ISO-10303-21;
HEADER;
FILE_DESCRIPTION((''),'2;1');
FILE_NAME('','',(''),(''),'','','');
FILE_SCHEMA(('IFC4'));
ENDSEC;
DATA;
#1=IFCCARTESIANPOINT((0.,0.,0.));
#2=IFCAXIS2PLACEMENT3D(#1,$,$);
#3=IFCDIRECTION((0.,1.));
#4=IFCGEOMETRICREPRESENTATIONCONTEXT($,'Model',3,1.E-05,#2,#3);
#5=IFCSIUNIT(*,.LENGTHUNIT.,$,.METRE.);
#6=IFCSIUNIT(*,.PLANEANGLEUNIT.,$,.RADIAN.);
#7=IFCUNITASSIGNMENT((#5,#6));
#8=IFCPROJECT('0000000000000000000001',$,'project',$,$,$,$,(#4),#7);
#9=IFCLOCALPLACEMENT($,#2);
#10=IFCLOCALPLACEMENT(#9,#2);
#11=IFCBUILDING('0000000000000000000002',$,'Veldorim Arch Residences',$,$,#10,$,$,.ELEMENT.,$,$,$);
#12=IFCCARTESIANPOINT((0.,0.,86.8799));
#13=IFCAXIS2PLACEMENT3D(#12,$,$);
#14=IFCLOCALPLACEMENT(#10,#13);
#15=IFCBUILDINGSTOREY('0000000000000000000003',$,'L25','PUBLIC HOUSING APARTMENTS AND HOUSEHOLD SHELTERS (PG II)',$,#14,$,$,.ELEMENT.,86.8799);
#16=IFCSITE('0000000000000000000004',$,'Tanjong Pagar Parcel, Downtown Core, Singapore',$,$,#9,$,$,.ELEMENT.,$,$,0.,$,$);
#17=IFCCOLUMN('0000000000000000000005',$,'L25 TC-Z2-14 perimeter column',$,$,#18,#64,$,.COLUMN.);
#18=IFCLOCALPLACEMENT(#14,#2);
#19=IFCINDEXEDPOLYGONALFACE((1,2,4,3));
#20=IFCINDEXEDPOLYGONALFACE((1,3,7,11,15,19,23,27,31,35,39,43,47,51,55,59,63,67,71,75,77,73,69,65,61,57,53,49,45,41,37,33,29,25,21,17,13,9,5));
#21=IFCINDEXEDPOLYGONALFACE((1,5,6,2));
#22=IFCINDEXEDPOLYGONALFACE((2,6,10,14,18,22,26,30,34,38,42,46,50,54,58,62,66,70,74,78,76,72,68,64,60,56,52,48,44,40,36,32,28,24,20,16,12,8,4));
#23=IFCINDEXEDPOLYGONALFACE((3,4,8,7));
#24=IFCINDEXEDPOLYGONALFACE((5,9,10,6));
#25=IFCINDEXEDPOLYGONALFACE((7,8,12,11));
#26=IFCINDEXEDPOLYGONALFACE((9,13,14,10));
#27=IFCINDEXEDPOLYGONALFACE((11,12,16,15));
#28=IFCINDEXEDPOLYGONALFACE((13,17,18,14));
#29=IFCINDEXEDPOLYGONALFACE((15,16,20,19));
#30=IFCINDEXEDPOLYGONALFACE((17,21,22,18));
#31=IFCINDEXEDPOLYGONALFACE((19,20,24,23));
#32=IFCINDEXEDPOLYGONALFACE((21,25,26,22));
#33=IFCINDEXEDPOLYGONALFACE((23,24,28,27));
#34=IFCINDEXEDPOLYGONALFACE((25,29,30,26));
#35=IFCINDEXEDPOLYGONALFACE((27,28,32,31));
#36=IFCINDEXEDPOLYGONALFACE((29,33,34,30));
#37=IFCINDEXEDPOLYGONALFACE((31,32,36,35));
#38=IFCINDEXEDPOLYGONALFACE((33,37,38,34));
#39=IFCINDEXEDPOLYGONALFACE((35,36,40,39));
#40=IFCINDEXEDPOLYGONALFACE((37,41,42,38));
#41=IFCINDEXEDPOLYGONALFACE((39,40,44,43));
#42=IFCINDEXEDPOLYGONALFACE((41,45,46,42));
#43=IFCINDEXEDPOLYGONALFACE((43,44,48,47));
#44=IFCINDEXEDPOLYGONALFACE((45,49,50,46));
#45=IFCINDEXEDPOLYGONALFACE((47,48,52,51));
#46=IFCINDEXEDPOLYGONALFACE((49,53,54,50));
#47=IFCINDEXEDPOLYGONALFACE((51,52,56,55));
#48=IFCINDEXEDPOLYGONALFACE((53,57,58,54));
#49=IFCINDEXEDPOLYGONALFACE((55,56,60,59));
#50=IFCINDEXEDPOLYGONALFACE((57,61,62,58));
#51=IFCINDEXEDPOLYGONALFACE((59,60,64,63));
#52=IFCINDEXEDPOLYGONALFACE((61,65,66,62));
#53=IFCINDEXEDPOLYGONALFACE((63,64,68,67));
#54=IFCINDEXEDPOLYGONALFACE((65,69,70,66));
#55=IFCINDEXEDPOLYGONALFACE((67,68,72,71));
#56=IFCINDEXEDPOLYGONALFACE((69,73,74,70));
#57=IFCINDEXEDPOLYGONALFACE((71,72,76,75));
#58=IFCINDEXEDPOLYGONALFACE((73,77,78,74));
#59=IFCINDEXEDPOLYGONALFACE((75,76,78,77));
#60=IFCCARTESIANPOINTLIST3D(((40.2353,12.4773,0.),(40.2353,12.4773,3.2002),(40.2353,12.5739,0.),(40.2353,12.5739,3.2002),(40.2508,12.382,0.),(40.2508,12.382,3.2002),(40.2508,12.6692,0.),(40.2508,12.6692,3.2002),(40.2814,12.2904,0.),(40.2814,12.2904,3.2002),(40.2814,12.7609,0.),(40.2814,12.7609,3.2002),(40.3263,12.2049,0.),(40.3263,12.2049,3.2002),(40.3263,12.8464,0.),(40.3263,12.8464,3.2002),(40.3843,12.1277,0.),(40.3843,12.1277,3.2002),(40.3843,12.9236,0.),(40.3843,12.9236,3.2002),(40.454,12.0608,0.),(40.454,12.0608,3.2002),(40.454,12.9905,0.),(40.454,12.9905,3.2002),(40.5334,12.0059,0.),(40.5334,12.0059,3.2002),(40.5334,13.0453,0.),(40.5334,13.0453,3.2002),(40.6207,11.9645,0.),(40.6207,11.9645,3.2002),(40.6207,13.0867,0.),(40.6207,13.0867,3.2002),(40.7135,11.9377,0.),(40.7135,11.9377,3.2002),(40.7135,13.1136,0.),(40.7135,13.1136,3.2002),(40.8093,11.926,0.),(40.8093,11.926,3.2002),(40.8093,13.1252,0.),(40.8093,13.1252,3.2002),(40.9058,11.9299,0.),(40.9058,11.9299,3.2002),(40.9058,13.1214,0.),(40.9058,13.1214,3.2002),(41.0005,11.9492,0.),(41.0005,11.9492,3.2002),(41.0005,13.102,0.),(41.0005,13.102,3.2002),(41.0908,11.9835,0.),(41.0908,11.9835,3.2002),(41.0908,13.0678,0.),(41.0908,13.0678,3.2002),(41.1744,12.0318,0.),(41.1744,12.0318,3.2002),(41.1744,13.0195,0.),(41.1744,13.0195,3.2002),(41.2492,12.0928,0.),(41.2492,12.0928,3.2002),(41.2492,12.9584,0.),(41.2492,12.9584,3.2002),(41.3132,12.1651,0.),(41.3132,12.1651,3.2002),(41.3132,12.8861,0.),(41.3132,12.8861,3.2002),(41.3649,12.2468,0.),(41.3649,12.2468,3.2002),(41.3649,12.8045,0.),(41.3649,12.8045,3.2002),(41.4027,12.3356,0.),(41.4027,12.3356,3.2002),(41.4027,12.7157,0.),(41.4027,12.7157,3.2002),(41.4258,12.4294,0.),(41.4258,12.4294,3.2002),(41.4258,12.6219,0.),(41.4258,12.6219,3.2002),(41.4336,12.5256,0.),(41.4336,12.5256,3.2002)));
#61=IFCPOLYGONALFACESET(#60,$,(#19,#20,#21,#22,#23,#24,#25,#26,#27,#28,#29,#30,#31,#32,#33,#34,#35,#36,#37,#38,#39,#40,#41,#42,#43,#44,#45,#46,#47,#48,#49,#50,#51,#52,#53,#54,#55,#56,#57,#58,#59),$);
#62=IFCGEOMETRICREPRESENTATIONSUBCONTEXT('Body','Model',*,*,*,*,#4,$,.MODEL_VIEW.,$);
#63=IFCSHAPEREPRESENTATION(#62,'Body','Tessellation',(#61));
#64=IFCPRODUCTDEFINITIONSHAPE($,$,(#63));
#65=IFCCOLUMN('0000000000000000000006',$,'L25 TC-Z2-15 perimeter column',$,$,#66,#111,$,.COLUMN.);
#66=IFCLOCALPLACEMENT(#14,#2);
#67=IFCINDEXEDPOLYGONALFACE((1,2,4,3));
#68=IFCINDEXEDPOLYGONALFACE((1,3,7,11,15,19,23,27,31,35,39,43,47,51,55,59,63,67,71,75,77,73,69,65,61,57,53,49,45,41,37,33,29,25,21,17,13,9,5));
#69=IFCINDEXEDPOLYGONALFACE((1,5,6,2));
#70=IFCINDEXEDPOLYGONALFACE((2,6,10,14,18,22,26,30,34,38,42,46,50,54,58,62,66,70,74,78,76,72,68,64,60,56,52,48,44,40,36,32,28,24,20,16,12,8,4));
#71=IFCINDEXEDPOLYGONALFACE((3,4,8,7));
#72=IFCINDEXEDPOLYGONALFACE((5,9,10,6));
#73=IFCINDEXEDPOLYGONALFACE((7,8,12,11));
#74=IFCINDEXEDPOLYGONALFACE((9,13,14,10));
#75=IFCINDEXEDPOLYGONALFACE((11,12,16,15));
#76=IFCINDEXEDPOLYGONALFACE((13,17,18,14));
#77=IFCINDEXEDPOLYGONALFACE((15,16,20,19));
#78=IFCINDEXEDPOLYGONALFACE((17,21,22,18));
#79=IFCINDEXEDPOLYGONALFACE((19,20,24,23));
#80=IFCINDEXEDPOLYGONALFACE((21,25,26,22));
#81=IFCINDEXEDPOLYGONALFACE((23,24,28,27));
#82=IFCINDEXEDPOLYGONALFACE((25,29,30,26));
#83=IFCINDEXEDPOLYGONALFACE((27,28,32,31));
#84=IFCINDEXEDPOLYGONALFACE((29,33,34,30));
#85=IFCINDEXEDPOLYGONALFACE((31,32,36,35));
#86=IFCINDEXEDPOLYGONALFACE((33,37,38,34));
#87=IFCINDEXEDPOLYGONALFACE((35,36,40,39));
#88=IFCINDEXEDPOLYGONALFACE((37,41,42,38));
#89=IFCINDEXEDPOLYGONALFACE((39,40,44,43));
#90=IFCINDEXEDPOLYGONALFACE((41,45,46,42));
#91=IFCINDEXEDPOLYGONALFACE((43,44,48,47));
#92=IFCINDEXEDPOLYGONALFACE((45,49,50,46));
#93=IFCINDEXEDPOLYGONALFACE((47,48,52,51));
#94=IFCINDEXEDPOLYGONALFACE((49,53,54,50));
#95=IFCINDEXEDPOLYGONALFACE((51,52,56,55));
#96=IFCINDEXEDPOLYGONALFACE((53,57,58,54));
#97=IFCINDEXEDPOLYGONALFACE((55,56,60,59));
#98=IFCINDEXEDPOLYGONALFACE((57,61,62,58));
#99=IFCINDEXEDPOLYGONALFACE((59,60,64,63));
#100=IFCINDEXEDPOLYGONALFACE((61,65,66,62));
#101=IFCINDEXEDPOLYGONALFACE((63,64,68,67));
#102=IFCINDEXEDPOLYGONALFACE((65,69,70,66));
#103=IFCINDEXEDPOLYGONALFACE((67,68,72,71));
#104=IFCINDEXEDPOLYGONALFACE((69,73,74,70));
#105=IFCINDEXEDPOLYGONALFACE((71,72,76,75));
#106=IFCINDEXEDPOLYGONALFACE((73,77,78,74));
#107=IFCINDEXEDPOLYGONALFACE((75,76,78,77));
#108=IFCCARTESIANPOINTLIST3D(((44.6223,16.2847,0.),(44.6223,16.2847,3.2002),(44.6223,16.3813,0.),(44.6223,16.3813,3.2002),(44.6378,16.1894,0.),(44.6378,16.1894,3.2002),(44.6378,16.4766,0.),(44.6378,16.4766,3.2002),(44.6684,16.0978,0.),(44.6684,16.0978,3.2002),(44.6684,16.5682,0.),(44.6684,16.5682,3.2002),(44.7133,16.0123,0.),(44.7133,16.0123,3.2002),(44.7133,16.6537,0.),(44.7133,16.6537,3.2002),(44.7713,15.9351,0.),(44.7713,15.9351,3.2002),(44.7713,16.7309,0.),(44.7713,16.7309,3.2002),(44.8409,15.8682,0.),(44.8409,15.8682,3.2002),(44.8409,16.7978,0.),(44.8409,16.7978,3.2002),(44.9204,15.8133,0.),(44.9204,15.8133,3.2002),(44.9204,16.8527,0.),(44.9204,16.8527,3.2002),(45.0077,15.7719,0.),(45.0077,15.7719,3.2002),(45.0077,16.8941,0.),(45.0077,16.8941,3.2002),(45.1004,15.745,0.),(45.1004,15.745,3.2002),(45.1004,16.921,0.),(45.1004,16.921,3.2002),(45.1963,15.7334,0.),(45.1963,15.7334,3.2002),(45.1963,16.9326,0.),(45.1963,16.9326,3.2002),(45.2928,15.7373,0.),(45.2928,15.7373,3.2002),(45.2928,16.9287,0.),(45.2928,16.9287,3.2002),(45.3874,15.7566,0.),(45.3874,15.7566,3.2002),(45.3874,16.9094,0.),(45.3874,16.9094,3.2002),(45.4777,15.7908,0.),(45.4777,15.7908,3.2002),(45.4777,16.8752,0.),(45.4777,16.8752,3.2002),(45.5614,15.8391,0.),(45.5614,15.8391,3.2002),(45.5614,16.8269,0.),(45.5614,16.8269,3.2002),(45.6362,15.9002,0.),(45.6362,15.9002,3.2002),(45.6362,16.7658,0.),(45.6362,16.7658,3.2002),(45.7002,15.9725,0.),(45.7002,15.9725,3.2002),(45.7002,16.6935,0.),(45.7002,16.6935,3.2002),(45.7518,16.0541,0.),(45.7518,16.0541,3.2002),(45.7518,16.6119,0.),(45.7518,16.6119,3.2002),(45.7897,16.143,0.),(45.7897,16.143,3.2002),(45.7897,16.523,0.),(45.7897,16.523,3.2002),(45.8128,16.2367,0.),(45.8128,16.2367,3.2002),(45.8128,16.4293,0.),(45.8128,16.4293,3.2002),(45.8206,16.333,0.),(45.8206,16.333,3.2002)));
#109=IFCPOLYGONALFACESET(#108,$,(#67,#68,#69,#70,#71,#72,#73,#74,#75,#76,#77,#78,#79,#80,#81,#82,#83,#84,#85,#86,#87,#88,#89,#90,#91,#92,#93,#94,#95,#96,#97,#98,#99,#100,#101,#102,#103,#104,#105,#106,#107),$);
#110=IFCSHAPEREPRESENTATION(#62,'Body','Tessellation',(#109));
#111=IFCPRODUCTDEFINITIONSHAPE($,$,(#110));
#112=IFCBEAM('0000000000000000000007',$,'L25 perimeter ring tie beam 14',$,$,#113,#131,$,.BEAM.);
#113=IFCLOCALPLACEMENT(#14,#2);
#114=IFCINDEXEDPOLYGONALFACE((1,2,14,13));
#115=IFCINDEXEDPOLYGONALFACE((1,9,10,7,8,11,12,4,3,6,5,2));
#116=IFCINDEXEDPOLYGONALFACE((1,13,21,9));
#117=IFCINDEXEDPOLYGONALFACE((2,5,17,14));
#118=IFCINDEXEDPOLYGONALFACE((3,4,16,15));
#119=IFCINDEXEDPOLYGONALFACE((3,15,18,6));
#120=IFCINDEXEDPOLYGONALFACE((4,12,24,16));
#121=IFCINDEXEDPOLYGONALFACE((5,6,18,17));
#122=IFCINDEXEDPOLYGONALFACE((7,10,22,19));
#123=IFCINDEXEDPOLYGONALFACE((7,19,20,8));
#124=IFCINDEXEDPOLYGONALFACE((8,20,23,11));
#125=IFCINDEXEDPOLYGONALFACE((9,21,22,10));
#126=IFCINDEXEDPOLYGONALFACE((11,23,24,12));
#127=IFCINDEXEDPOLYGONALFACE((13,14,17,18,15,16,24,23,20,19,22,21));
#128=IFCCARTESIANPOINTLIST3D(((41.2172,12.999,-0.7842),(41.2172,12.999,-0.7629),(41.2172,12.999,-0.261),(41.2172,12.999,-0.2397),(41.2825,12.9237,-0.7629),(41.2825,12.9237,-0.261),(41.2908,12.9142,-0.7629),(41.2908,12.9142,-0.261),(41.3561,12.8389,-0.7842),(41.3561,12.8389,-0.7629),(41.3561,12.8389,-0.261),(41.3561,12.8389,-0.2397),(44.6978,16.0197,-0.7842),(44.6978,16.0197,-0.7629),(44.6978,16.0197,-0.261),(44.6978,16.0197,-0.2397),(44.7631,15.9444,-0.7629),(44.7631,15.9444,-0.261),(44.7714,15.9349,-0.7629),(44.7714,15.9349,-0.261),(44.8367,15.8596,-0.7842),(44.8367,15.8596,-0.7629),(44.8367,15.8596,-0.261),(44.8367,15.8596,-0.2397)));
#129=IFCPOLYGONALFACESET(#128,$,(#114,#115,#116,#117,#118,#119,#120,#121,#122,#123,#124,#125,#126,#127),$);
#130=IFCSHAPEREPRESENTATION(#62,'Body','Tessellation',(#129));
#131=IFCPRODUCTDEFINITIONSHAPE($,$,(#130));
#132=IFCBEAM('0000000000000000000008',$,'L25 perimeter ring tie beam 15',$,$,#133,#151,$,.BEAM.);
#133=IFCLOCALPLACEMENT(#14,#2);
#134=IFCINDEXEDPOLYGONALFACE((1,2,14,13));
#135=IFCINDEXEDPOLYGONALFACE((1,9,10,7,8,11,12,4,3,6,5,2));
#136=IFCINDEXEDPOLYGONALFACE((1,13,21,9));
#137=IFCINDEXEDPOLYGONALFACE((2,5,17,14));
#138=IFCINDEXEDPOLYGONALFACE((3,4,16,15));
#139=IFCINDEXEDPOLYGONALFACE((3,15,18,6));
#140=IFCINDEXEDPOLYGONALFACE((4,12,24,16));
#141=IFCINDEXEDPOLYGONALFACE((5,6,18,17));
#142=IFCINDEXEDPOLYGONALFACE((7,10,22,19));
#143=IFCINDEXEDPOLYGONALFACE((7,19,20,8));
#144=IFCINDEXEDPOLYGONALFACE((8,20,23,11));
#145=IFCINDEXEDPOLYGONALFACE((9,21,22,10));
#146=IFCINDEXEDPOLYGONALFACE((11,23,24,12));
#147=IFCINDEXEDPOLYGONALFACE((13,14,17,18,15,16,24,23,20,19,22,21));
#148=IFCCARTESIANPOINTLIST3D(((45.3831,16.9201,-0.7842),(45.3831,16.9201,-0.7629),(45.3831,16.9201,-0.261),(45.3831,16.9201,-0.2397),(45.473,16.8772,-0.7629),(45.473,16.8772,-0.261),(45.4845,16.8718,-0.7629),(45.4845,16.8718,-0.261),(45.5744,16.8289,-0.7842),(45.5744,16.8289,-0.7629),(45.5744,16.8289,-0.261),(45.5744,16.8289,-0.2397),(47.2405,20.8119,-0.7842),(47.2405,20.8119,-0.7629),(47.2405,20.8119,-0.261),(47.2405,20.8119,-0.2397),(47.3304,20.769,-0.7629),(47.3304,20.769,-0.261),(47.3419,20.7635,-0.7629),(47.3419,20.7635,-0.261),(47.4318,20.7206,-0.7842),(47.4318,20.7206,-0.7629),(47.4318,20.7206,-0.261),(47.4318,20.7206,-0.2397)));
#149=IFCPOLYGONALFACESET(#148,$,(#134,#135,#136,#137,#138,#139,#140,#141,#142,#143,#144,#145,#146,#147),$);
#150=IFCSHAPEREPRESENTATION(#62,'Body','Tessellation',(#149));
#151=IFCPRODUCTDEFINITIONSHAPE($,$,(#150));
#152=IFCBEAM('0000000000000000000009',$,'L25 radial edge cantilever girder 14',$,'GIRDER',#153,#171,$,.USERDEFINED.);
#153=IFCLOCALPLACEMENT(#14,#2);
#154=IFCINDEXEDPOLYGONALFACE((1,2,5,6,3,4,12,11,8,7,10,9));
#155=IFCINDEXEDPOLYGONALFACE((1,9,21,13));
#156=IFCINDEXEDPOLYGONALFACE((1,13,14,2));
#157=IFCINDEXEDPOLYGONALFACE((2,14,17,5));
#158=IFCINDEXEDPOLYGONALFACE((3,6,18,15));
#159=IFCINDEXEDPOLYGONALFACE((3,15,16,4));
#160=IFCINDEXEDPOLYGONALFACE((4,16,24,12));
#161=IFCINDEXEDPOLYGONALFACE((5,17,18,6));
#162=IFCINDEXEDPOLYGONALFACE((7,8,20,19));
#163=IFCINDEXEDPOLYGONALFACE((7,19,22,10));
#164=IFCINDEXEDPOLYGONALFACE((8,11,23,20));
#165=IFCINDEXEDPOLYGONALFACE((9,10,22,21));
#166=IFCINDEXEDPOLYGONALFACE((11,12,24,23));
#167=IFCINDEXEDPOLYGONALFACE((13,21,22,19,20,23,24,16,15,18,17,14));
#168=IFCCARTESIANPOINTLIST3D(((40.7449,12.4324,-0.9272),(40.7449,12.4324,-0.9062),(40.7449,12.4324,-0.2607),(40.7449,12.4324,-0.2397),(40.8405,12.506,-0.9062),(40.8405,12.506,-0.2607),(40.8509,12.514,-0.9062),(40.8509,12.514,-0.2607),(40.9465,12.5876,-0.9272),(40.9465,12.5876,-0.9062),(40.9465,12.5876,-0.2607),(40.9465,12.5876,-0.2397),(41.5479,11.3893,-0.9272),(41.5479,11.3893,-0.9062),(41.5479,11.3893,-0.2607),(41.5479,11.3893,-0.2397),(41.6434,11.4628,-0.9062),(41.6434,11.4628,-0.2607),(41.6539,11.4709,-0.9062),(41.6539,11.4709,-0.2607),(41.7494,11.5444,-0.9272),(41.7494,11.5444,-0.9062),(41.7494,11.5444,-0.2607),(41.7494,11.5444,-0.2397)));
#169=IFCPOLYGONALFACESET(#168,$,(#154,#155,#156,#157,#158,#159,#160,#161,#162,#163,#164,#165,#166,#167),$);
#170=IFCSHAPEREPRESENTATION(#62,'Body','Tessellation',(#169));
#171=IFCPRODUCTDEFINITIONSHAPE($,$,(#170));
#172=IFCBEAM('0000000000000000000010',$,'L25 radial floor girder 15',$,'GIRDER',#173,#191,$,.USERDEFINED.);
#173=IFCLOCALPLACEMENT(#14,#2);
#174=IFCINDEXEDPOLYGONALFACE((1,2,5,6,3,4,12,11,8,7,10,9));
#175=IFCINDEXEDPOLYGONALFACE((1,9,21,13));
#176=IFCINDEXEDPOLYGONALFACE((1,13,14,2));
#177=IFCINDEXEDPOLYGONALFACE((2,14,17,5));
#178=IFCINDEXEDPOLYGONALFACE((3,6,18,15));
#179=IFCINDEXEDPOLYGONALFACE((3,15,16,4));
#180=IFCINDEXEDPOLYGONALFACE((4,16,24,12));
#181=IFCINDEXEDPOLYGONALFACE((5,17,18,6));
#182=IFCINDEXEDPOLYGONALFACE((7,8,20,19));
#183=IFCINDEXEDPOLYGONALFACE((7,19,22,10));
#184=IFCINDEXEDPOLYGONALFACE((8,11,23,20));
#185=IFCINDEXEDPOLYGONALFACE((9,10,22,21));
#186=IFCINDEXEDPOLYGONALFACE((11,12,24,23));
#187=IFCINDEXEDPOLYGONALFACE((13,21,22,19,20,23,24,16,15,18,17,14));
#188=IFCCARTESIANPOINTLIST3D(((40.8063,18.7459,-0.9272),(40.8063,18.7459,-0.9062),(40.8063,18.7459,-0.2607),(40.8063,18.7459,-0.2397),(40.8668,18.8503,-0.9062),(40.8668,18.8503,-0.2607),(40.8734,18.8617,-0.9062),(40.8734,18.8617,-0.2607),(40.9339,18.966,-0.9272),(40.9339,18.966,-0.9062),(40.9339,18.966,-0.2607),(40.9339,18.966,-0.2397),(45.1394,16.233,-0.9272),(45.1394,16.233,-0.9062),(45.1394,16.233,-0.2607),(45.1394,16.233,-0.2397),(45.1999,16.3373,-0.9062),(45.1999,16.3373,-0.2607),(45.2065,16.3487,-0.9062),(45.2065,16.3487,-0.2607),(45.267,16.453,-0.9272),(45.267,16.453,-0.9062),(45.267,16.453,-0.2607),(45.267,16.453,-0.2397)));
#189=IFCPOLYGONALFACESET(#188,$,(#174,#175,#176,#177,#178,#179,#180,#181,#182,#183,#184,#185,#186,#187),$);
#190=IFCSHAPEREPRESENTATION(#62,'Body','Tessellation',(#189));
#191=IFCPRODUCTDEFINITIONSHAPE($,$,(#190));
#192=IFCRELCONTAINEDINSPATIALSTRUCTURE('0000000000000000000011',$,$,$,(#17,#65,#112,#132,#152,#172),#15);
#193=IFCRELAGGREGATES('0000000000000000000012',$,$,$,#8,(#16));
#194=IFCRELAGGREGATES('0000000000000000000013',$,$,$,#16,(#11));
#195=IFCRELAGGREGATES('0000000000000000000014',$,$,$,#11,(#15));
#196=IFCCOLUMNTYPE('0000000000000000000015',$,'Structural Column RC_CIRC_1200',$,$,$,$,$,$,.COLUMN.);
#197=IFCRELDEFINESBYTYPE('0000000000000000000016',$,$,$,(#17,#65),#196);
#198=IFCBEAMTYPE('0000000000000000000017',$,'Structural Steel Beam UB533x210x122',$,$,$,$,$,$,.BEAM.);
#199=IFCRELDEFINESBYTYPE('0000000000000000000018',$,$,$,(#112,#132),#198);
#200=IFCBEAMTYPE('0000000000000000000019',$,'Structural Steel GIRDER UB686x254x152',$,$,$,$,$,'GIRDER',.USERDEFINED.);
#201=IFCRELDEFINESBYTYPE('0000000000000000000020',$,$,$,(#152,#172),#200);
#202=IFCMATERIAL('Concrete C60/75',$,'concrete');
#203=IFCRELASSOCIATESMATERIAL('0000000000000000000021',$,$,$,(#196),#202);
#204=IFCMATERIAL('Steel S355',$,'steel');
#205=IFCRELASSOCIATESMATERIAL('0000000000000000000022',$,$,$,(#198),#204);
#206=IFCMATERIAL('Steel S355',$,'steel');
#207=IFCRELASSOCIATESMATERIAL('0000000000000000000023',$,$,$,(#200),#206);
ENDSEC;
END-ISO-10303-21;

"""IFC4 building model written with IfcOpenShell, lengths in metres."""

from ifc_helpers import new_model, si_unit, direction, frame, origin, origin_2d, place, context, subcontext, project, spatial, circle, i_section, extrude, material, material_profile, profile_set, type_object, element, save


model = new_model("IFC4")

# Units and contexts
model_context = context("Model", 3, precision=1e-05, world=origin(), true_north=direction((0.0, 1.0)))
body_context = subcontext(model_context, "Body", "Model", "MODEL_VIEW")
ifc_project = project(units=[si_unit("LENGTHUNIT", "METRE"), si_unit("PLANEANGLEUNIT", "RADIAN")], contexts=[model_context])

# Site, building, storey
site_placement = place(None, origin())
site = spatial("IfcSite", under=ifc_project, at=site_placement, Name="Tanjong Pagar Parcel, Downtown Core, Singapore", CompositionType="ELEMENT", RefElevation=0.0)
building_placement = place(site_placement, origin())
building = spatial("IfcBuilding", under=site, at=building_placement, Name="Veldorim Arch Residences", CompositionType="ELEMENT")
storey_placement = place(building_placement, frame((0.0, 0.0, 86.8799)))
storey = spatial("IfcBuildingStorey", under=building, at=storey_placement, Name="L25", Description="PUBLIC HOUSING APARTMENTS AND HOUSEHOLD SHELTERS (PG II)", CompositionType="ELEMENT", Elevation=86.8799)

# Columns
ifc_material_1 = material(Name="Concrete C60/75", Category="concrete")
ifc_material_profile_1 = material_profile(ifc_material_1, circle(Radius=0.6001, at=origin_2d()), Name="RC_CIRC_1200")
ifc_profile_set_1 = profile_set([ifc_material_profile_1], Name="Concrete C60/75")
column_type = type_object("IfcColumnType", Name="Structural Column RC_CIRC_1200", PredefinedType="COLUMN", material=ifc_profile_set_1)
for number, where, z_axis, x_axis, name in (
    (1, (40.8335, 12.5256, 0.0), (0.0, 0.0, 1.0), (1.0, 0.0, 0.0), "L25 TC-Z2-14 perimeter column"),
    (2, (45.2205, 16.333, 0.0), (0.0, 0.0, 1.0), (1.0, 0.0, 0.0), "L25 TC-Z2-15 perimeter column"),
):
    element("IfcColumn", number, at=place(storey_placement, frame(where, z_axis=z_axis, x_axis=x_axis)), inside=storey, type_object=column_type, Name=name, PredefinedType="COLUMN", context=body_context, shape_type="SweptSolid", body=[
        extrude(circle(Radius=0.6001, at=origin_2d()), origin(), (0.0, 0.0, 1.0), 3.2002),
    ])

# Beams
ifc_material_2 = material(Name="Steel S355", Category="steel")
ifc_material_profile_2 = material_profile(ifc_material_2, i_section(OverallWidth=0.2119, OverallDepth=0.5444, WebThickness=0.0127, FlangeThickness=0.0212, at=origin_2d()), Name="UB533x210x122")
ifc_profile_set_2 = profile_set([ifc_material_profile_2], Name="Steel S355")
beam_type_1 = type_object("IfcBeamType", Name="Structural Steel Beam UB533x210x122", PredefinedType="BEAM", material=ifc_profile_set_2)
beam_1_placement = place(storey_placement, frame((41.2866, 12.9189, -0.512), z_axis=(0.755245, 0.655443, 0.0), x_axis=(-0.655443, 0.755245, 0.0)))
element("IfcBeam", 3, at=beam_1_placement, inside=storey, type_object=beam_type_1, Name="L25 perimeter ring tie beam 14", PredefinedType="BEAM", context=body_context, shape_type="SweptSolid", body=[
    extrude(i_section(OverallWidth=0.2119, OverallDepth=0.5444, WebThickness=0.0127, FlangeThickness=0.0212, at=origin_2d()), origin(), (0.0, 0.0, 1.0), 4.6086),
])
beam_2_placement = place(storey_placement, frame((45.4788, 16.8745, -0.512), z_axis=(0.43072, 0.902486, 0.0), x_axis=(-0.902486, 0.43072, 0.0)))
element("IfcBeam", 4, at=beam_2_placement, inside=storey, type_object=beam_type_1, Name="L25 perimeter ring tie beam 15", PredefinedType="BEAM", context=body_context, shape_type="SweptSolid", body=[
    extrude(i_section(OverallWidth=0.2119, OverallDepth=0.5444, WebThickness=0.0127, FlangeThickness=0.0212, at=origin_2d()), origin(), (0.0, 0.0, 1.0), 4.3123),
])
ifc_material_3 = material(Name="Steel S355", Category="steel")
ifc_material_profile_3 = material_profile(ifc_material_3, i_section(OverallWidth=0.2544, OverallDepth=0.6875, WebThickness=0.0132, FlangeThickness=0.021, at=origin_2d()), Name="UB686x254x152")
ifc_profile_set_3 = profile_set([ifc_material_profile_3], Name="Steel S355")
beam_type_2 = type_object("IfcBeamType", Name="Structural Steel GIRDER UB686x254x152", ElementType="GIRDER", PredefinedType="USERDEFINED", material=ifc_profile_set_3)
beam_3_placement = place(storey_placement, frame((40.8457, 12.51, -0.5835), z_axis=(0.609953, -0.792438, 0.0), x_axis=(0.792438, 0.609953, 0.0)))
element("IfcBeam", 5, at=beam_3_placement, inside=storey, type_object=beam_type_2, Name="L25 radial edge cantilever girder 14", ObjectType="GIRDER", PredefinedType="USERDEFINED", context=body_context, shape_type="SweptSolid", body=[
    extrude(i_section(OverallWidth=0.2544, OverallDepth=0.6875, WebThickness=0.0132, FlangeThickness=0.021, at=origin_2d()), origin(), (0.0, 0.0, 1.0), 1.3164),
])
beam_4_placement = place(storey_placement, frame((40.8701, 18.856, -0.5835), z_axis=(0.865049, -0.501687, 0.0), x_axis=(0.501687, 0.865049, 0.0)))
element("IfcBeam", 6, at=beam_4_placement, inside=storey, type_object=beam_type_2, Name="L25 radial floor girder 15", ObjectType="GIRDER", PredefinedType="USERDEFINED", context=body_context, shape_type="SweptSolid", body=[
    extrude(i_section(OverallWidth=0.2544, OverallDepth=0.6875, WebThickness=0.0132, FlangeThickness=0.021, at=origin_2d()), origin(), (0.0, 0.0, 1.0), 5.009),
])

save(model, "model.ifc")
